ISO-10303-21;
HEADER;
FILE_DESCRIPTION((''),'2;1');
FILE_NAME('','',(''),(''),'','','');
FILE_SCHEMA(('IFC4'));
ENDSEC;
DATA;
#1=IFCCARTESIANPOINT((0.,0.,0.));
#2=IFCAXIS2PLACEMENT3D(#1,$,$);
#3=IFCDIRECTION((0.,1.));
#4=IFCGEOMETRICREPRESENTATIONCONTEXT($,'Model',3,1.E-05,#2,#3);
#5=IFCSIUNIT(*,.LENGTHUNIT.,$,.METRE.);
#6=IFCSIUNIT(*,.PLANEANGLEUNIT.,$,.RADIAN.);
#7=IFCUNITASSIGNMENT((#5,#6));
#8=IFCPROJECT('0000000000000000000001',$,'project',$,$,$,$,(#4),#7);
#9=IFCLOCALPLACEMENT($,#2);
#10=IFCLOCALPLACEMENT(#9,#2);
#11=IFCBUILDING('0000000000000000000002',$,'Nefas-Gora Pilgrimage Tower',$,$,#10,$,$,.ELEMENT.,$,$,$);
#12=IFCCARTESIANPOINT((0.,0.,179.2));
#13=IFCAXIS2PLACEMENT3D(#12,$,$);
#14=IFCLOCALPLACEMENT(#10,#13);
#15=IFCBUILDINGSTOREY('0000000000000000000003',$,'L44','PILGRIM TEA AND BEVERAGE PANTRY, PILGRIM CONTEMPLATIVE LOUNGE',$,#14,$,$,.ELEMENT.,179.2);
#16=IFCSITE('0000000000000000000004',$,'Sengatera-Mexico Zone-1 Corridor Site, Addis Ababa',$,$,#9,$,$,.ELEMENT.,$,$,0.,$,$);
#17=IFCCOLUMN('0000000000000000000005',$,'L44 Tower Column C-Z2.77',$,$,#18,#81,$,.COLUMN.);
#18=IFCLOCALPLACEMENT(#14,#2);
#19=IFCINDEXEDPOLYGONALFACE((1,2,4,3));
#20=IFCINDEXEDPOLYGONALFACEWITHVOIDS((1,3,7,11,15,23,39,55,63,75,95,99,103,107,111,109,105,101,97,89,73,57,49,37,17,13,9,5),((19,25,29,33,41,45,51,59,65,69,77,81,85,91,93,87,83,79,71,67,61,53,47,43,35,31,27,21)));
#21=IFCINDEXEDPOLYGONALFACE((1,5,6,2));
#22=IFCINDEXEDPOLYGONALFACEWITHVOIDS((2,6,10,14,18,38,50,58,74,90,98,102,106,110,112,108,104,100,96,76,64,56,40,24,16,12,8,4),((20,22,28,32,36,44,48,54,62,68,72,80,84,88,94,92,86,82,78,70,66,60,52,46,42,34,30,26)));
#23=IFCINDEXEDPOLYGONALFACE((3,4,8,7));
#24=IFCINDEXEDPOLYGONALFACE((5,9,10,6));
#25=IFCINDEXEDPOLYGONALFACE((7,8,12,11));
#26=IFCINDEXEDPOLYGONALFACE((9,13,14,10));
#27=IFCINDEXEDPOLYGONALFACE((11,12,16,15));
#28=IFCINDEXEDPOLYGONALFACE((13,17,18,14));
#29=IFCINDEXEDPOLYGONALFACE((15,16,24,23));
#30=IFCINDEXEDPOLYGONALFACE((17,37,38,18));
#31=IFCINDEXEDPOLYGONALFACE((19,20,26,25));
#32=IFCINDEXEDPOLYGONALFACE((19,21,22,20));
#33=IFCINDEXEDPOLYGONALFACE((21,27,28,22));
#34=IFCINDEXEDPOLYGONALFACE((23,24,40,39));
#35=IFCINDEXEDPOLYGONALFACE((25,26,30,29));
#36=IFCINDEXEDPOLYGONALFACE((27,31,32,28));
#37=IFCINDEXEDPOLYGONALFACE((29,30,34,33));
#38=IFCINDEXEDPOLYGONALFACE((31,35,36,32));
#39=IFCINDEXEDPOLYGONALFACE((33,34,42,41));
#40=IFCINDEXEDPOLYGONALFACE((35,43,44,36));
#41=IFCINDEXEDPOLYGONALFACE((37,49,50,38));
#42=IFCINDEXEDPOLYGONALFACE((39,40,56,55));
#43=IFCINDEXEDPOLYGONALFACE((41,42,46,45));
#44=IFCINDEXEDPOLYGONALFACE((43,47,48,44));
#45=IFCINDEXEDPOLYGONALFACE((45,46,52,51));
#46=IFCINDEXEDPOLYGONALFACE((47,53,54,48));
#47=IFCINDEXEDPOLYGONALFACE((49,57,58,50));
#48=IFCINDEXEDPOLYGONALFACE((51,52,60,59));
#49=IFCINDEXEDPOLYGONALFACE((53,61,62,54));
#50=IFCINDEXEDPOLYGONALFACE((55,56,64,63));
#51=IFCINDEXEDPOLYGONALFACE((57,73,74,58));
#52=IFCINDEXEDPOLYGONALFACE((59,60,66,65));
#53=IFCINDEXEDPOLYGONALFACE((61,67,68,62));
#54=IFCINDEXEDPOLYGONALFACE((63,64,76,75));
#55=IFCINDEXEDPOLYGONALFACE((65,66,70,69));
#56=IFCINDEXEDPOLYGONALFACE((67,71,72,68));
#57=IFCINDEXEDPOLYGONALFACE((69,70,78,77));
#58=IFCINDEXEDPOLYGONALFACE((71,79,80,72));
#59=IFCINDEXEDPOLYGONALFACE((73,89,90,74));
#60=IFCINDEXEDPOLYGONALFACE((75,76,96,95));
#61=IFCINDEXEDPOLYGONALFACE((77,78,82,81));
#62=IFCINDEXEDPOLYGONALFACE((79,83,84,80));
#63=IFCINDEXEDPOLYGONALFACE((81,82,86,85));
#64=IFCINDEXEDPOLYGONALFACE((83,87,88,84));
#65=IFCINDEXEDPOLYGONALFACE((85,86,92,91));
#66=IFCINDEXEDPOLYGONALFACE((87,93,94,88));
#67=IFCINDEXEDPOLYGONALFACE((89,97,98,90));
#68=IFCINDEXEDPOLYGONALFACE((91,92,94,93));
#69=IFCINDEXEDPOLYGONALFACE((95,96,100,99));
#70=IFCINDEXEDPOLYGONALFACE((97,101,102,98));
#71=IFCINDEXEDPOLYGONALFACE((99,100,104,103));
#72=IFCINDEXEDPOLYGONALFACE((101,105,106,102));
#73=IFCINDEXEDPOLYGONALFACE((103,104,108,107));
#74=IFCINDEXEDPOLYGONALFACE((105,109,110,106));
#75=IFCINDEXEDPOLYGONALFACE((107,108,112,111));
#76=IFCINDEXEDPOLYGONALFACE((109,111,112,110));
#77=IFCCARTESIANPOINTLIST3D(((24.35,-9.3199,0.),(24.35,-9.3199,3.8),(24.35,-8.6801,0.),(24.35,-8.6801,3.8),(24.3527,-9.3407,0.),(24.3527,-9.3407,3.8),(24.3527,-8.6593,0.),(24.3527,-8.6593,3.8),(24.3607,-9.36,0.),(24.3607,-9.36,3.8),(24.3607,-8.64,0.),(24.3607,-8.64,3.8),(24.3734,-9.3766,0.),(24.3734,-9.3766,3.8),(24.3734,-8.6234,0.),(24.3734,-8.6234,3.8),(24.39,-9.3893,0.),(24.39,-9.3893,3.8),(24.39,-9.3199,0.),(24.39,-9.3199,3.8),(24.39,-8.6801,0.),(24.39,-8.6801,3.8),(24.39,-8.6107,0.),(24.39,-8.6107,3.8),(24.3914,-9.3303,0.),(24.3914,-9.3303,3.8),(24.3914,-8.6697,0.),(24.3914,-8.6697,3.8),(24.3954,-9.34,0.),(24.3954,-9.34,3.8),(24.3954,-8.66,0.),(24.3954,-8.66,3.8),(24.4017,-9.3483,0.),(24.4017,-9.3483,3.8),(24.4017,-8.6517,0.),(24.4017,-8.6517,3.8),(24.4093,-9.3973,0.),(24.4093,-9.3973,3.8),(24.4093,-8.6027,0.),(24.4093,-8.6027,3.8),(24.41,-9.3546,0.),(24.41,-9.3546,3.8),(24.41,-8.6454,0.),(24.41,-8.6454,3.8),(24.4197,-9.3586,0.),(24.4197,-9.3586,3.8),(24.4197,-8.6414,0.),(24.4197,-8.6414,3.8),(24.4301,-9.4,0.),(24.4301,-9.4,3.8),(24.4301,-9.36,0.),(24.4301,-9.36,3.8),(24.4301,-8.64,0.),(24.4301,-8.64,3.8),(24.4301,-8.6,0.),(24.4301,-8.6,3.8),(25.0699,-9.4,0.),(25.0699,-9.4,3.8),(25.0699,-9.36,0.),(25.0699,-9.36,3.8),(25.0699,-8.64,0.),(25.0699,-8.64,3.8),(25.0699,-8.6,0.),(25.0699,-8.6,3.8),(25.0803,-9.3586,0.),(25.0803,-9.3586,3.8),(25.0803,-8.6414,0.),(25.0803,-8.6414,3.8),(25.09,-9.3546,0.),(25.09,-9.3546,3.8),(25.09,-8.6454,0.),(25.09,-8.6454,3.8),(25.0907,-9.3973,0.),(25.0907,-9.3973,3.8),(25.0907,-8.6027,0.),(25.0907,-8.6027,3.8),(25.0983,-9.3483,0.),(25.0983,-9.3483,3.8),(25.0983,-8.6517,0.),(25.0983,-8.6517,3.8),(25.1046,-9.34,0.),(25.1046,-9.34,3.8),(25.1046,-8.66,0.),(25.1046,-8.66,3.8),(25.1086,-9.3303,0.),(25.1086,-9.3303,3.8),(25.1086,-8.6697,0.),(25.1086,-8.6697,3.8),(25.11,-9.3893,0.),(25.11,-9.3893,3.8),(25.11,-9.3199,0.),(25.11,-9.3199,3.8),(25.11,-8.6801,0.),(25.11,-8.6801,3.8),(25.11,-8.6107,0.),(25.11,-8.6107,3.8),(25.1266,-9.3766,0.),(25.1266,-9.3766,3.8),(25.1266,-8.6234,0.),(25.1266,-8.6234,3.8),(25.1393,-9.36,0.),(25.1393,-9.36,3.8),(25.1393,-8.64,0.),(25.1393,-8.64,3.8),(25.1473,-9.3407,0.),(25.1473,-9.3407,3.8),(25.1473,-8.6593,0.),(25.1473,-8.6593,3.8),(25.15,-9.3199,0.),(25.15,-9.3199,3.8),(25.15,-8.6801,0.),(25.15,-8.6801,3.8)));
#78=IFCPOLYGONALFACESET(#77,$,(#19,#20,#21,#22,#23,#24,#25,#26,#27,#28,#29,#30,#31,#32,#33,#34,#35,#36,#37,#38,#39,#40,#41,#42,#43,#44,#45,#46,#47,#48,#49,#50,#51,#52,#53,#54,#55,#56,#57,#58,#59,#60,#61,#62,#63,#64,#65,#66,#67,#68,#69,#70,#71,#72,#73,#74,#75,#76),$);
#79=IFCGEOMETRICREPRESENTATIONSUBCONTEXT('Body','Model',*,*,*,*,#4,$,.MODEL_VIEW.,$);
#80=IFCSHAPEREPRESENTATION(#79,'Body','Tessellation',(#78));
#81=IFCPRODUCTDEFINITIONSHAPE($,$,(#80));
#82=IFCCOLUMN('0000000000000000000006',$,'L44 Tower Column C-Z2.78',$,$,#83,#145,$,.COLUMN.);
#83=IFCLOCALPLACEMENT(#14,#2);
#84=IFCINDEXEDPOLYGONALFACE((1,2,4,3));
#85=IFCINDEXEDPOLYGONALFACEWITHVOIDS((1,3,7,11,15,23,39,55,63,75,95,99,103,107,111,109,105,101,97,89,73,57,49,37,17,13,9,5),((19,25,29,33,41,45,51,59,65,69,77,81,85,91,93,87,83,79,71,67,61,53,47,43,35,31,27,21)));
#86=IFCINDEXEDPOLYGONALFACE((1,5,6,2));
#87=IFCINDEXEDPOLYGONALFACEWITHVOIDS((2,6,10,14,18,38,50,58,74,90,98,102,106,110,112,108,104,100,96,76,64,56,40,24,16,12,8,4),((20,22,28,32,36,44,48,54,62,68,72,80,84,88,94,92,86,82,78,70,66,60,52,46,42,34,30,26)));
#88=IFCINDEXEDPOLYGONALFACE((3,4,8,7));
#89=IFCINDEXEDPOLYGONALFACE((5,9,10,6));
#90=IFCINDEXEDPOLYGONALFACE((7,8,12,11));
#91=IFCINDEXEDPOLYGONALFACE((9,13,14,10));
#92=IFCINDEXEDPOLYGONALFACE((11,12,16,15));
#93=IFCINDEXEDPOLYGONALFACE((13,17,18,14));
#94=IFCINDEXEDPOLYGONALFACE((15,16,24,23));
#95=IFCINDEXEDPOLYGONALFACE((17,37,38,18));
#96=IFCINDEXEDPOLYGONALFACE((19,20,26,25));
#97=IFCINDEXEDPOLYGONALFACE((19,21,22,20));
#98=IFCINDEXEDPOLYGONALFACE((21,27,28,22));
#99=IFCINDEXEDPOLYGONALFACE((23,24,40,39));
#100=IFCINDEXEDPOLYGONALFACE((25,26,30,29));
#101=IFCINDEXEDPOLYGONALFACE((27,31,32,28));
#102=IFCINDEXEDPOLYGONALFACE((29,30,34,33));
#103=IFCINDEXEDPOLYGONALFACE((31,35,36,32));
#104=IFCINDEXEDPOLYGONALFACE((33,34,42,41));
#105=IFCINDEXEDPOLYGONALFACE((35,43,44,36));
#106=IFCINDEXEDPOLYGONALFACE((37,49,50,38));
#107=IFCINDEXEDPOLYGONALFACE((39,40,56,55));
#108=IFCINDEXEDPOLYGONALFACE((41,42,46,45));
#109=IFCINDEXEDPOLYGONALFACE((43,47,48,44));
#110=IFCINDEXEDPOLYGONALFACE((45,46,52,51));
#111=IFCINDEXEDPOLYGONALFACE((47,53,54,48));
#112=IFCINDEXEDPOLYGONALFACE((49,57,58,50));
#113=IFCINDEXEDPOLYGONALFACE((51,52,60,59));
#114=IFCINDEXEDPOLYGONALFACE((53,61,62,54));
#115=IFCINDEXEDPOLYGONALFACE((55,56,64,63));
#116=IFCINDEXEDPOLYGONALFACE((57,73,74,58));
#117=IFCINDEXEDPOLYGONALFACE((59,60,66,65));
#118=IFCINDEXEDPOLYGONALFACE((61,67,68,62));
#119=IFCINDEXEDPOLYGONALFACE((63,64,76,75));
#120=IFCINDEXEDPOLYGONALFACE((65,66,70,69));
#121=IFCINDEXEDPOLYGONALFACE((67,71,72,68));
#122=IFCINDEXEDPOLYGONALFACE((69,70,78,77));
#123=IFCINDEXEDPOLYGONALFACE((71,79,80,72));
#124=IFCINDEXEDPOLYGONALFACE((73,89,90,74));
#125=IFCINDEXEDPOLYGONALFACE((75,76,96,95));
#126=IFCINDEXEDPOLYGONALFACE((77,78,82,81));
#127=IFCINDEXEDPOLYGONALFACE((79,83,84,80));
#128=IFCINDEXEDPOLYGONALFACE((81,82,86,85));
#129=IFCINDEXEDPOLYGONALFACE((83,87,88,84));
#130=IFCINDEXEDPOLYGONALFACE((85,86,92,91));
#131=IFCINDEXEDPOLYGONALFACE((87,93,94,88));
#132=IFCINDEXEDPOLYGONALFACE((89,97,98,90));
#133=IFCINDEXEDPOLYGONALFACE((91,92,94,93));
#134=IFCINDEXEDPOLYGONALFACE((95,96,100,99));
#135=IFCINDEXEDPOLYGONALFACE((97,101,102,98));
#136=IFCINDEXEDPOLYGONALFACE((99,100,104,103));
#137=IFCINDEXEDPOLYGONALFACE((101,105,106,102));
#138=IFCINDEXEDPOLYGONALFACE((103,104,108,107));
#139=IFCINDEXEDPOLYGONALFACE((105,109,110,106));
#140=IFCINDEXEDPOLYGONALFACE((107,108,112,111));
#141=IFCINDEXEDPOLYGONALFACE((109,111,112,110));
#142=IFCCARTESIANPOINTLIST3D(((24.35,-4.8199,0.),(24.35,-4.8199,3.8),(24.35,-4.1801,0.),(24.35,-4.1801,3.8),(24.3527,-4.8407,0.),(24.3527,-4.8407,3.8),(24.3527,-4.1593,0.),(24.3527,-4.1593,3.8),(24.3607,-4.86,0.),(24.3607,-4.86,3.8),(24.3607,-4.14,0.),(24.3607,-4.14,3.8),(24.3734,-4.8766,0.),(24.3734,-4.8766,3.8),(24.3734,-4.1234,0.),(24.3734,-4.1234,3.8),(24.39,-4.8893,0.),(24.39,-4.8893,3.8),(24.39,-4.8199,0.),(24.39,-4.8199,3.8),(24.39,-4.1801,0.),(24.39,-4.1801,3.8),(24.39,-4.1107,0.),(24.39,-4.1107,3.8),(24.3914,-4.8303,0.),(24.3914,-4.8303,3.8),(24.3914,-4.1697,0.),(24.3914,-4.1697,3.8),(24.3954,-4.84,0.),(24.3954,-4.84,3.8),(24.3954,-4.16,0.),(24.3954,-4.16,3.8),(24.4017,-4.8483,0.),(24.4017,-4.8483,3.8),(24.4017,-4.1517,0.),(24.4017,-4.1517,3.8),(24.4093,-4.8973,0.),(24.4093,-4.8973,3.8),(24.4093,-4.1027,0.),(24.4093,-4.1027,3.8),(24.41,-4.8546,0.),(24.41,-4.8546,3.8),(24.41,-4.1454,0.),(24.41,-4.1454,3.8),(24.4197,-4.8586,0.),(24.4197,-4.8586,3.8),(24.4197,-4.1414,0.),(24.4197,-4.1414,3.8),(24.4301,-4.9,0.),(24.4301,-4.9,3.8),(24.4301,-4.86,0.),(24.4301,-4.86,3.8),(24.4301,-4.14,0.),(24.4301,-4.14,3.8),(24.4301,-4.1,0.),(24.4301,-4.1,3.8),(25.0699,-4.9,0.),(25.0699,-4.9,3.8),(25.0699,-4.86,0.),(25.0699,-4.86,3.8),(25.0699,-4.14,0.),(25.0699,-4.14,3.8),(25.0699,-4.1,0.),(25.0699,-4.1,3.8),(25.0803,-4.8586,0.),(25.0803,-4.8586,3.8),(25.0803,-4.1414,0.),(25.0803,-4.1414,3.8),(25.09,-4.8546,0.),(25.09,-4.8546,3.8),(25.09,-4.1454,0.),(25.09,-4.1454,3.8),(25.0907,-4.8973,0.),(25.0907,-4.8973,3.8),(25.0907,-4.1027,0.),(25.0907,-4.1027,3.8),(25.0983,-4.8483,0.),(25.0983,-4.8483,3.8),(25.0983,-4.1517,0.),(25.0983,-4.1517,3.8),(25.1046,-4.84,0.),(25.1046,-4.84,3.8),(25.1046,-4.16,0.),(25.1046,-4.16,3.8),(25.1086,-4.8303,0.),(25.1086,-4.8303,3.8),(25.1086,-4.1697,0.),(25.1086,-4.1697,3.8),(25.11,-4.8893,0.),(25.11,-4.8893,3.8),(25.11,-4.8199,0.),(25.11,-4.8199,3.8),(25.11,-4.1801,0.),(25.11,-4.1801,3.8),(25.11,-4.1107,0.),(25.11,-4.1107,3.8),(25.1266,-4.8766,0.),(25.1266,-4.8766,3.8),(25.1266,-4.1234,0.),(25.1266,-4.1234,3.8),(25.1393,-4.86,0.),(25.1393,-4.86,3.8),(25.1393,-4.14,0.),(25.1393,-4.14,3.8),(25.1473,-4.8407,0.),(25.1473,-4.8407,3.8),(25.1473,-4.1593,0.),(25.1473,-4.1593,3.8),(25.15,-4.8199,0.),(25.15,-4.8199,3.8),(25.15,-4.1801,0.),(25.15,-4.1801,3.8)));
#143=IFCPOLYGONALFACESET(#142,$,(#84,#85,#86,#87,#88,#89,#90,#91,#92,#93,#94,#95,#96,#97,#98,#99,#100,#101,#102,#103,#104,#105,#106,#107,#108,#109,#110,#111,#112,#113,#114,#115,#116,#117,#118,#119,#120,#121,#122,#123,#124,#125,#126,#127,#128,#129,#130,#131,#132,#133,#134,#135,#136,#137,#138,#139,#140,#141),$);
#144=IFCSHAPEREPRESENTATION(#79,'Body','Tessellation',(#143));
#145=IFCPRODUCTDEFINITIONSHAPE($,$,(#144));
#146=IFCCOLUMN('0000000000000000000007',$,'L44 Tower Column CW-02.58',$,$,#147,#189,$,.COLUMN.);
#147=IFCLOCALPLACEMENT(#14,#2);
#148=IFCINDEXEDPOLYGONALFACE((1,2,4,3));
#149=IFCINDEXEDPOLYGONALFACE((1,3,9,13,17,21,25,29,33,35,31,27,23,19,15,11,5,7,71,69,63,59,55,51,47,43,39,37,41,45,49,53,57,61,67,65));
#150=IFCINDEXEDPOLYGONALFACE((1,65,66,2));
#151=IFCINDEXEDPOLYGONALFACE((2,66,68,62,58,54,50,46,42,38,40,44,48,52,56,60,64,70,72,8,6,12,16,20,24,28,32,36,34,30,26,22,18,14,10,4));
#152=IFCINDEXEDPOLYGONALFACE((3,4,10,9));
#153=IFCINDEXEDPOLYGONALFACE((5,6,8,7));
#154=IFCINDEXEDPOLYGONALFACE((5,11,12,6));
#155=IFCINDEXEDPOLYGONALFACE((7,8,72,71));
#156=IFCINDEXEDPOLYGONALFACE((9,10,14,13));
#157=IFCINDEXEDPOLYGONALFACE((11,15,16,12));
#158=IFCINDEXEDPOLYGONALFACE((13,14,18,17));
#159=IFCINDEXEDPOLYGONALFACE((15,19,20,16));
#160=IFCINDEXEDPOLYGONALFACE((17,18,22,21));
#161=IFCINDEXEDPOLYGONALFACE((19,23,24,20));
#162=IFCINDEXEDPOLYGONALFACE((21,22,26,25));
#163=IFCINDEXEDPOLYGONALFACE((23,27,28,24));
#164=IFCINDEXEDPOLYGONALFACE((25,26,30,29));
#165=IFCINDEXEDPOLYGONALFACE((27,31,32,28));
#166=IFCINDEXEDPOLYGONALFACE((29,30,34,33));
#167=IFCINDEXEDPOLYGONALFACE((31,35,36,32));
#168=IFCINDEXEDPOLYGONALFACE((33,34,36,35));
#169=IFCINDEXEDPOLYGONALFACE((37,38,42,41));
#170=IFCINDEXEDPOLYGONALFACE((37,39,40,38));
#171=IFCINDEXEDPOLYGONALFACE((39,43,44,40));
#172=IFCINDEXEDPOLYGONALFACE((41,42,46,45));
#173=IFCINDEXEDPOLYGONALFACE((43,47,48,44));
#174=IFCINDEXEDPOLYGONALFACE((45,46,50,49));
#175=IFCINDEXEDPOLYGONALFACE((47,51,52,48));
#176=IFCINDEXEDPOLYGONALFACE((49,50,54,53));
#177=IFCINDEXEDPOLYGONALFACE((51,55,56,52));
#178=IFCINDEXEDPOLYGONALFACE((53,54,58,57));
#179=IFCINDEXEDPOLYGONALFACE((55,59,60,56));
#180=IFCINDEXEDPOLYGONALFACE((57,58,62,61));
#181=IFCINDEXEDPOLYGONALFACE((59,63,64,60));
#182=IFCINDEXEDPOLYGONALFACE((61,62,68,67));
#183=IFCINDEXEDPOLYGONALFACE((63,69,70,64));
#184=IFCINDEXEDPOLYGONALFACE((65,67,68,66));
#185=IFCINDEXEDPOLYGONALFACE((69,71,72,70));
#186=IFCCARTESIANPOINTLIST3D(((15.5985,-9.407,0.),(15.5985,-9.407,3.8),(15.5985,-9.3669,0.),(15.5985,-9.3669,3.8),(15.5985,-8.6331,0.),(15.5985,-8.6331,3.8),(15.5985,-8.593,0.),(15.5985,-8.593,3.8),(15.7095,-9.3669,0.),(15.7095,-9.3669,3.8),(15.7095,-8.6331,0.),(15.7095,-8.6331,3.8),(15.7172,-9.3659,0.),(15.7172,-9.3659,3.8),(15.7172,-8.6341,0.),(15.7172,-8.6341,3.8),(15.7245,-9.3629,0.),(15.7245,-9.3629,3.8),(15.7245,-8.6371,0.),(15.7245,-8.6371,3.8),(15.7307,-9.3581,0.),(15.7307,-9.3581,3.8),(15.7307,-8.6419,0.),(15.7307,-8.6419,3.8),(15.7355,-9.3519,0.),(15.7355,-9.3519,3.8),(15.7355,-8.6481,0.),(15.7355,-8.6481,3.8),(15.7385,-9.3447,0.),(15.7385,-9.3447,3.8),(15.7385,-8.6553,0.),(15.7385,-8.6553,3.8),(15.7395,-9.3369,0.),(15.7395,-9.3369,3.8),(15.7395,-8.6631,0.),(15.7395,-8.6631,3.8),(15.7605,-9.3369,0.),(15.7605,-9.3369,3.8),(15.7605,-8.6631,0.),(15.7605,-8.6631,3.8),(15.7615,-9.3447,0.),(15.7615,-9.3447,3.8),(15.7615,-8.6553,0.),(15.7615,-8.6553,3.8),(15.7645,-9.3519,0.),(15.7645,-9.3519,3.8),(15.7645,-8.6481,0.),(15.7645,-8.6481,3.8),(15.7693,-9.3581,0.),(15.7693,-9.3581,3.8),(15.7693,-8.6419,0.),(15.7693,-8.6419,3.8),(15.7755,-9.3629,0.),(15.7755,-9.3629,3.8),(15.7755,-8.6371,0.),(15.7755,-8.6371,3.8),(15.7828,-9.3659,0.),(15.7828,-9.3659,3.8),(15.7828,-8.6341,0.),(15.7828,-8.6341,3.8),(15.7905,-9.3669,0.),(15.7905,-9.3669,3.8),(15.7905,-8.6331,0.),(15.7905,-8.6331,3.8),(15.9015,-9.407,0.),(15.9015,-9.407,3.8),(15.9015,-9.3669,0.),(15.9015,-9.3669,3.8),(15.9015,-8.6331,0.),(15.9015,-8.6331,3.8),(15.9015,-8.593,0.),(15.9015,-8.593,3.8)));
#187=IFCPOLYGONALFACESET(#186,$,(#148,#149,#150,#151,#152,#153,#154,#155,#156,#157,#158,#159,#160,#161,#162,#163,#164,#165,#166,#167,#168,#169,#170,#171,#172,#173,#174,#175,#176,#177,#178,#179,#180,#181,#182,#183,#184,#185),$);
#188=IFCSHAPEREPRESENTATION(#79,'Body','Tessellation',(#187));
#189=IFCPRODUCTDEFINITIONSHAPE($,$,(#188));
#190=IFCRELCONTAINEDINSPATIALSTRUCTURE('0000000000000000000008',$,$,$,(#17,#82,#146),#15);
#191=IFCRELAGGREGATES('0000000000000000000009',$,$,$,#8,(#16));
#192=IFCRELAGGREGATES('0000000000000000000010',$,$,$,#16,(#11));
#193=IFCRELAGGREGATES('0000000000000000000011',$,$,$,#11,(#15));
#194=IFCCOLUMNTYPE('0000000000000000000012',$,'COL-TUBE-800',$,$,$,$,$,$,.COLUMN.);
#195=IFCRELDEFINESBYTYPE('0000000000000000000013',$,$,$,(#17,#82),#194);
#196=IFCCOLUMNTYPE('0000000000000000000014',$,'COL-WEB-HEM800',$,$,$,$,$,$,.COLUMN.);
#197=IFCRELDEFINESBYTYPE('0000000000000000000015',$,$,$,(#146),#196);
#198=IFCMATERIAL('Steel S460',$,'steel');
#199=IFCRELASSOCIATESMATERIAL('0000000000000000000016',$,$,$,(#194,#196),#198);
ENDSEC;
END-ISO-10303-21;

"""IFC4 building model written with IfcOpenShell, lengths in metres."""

from ifc_helpers import new_model, si_unit, direction, frame, origin, origin_2d, place, context, subcontext, project, spatial, hollow_rectangle, i_section, extrude, source, transform, mapped, material, material_profile, profile_set, type_object, element, save


model = new_model("IFC4")

# Units and contexts
model_context = context("Model", 3, precision=1e-05, world=origin(), true_north=direction((0.0, 1.0)))
body_context = subcontext(model_context, "Body", "Model", "MODEL_VIEW")
ifc_project = project(units=[si_unit("LENGTHUNIT", "METRE"), si_unit("PLANEANGLEUNIT", "RADIAN")], contexts=[model_context])

# Site, building, storey
site_placement = place(None, origin())
site = spatial("IfcSite", under=ifc_project, at=site_placement, Name="Sengatera-Mexico Zone-1 Corridor Site, Addis Ababa", CompositionType="ELEMENT", RefElevation=0.0)
building_placement = place(site_placement, origin())
building = spatial("IfcBuilding", under=site, at=building_placement, Name="Nefas-Gora Pilgrimage Tower", CompositionType="ELEMENT")
storey_placement = place(building_placement, frame((0.0, 0.0, 179.2)))
storey = spatial("IfcBuildingStorey", under=building, at=storey_placement, Name="L44", Description="PILGRIM TEA AND BEVERAGE PANTRY, PILGRIM CONTEMPLATIVE LOUNGE", CompositionType="ELEMENT", Elevation=179.2)

# Columns
ifc_material_1 = material(Name="Steel S460", Category="steel")
ifc_material_profile_1 = material_profile(ifc_material_1, hollow_rectangle(XDim=0.8, YDim=0.8, WallThickness=0.04, InnerFilletRadius=0.04, OuterFilletRadius=0.0801, at=origin_2d()), Name="BOX 800x800x40")
ifc_profile_set_1 = profile_set([ifc_material_profile_1], Name="Steel S460")
column_type_1 = type_object("IfcColumnType", Name="COL-TUBE-800", PredefinedType="COLUMN", material=ifc_profile_set_1)
shared_shape_1 = source(origin(), body_context, "Body", "SweptSolid", [
    extrude(hollow_rectangle(XDim=0.8, YDim=0.8, WallThickness=0.04, InnerFilletRadius=0.04, OuterFilletRadius=0.0801, at=origin_2d()), origin(), (0.0, 0.0, 1.0), 3.8),
])
for number, where, z_axis, x_axis, name in (
    (1, (24.75, -9.0, 0.0), (0.0, 0.0, 1.0), (1.0, 0.0, 0.0), "L44 Tower Column C-Z2.77"),
    (2, (24.75, -4.5, 0.0), (0.0, 0.0, 1.0), (1.0, 0.0, 0.0), "L44 Tower Column C-Z2.78"),
):
    element("IfcColumn", number, at=place(storey_placement, frame(where, z_axis=z_axis, x_axis=x_axis)), inside=storey, type_object=column_type_1, Name=name, PredefinedType="COLUMN", context=body_context, shape_type="MappedRepresentation", body=[
        mapped(shared_shape_1, transform((0.0, 0.0, 0.0), x_axis=(1.0, 0.0, 0.0), y_axis=(0.0, 1.0, 0.0), z_axis=(0.0, 0.0, 1.0), scale=1.0)),
    ])
ifc_material_profile_2 = material_profile(ifc_material_1, i_section(OverallWidth=0.303, OverallDepth=0.814, WebThickness=0.021, FlangeThickness=0.04, FilletRadius=0.03, at=origin_2d()), Name="HEM 800")
ifc_profile_set_2 = profile_set([ifc_material_profile_2], Name="Steel S460")
column_type_2 = type_object("IfcColumnType", Name="COL-WEB-HEM800", PredefinedType="COLUMN", material=ifc_profile_set_2)
shared_shape_2 = source(origin(), body_context, "Body", "SweptSolid", [
    extrude(i_section(OverallWidth=0.303, OverallDepth=0.814, WebThickness=0.021, FlangeThickness=0.04, FilletRadius=0.03, at=origin_2d()), origin(), (0.0, 0.0, 1.0), 3.8),
])
for number, where, z_axis, x_axis, name in (
    (3, (15.75, -9.0, 0.0), (0.0, 0.0, 1.0), (1.0, 0.0, 0.0), "L44 Tower Column CW-02.58"),
):
    element("IfcColumn", number, at=place(storey_placement, frame(where, z_axis=z_axis, x_axis=x_axis)), inside=storey, type_object=column_type_2, Name=name, PredefinedType="COLUMN", context=body_context, shape_type="MappedRepresentation", body=[
        mapped(shared_shape_2, transform((0.0, 0.0, 0.0), x_axis=(1.0, 0.0, 0.0), y_axis=(0.0, 1.0, 0.0), z_axis=(0.0, 0.0, 1.0), scale=1.0)),
    ])

save(model, "model.ifc")
